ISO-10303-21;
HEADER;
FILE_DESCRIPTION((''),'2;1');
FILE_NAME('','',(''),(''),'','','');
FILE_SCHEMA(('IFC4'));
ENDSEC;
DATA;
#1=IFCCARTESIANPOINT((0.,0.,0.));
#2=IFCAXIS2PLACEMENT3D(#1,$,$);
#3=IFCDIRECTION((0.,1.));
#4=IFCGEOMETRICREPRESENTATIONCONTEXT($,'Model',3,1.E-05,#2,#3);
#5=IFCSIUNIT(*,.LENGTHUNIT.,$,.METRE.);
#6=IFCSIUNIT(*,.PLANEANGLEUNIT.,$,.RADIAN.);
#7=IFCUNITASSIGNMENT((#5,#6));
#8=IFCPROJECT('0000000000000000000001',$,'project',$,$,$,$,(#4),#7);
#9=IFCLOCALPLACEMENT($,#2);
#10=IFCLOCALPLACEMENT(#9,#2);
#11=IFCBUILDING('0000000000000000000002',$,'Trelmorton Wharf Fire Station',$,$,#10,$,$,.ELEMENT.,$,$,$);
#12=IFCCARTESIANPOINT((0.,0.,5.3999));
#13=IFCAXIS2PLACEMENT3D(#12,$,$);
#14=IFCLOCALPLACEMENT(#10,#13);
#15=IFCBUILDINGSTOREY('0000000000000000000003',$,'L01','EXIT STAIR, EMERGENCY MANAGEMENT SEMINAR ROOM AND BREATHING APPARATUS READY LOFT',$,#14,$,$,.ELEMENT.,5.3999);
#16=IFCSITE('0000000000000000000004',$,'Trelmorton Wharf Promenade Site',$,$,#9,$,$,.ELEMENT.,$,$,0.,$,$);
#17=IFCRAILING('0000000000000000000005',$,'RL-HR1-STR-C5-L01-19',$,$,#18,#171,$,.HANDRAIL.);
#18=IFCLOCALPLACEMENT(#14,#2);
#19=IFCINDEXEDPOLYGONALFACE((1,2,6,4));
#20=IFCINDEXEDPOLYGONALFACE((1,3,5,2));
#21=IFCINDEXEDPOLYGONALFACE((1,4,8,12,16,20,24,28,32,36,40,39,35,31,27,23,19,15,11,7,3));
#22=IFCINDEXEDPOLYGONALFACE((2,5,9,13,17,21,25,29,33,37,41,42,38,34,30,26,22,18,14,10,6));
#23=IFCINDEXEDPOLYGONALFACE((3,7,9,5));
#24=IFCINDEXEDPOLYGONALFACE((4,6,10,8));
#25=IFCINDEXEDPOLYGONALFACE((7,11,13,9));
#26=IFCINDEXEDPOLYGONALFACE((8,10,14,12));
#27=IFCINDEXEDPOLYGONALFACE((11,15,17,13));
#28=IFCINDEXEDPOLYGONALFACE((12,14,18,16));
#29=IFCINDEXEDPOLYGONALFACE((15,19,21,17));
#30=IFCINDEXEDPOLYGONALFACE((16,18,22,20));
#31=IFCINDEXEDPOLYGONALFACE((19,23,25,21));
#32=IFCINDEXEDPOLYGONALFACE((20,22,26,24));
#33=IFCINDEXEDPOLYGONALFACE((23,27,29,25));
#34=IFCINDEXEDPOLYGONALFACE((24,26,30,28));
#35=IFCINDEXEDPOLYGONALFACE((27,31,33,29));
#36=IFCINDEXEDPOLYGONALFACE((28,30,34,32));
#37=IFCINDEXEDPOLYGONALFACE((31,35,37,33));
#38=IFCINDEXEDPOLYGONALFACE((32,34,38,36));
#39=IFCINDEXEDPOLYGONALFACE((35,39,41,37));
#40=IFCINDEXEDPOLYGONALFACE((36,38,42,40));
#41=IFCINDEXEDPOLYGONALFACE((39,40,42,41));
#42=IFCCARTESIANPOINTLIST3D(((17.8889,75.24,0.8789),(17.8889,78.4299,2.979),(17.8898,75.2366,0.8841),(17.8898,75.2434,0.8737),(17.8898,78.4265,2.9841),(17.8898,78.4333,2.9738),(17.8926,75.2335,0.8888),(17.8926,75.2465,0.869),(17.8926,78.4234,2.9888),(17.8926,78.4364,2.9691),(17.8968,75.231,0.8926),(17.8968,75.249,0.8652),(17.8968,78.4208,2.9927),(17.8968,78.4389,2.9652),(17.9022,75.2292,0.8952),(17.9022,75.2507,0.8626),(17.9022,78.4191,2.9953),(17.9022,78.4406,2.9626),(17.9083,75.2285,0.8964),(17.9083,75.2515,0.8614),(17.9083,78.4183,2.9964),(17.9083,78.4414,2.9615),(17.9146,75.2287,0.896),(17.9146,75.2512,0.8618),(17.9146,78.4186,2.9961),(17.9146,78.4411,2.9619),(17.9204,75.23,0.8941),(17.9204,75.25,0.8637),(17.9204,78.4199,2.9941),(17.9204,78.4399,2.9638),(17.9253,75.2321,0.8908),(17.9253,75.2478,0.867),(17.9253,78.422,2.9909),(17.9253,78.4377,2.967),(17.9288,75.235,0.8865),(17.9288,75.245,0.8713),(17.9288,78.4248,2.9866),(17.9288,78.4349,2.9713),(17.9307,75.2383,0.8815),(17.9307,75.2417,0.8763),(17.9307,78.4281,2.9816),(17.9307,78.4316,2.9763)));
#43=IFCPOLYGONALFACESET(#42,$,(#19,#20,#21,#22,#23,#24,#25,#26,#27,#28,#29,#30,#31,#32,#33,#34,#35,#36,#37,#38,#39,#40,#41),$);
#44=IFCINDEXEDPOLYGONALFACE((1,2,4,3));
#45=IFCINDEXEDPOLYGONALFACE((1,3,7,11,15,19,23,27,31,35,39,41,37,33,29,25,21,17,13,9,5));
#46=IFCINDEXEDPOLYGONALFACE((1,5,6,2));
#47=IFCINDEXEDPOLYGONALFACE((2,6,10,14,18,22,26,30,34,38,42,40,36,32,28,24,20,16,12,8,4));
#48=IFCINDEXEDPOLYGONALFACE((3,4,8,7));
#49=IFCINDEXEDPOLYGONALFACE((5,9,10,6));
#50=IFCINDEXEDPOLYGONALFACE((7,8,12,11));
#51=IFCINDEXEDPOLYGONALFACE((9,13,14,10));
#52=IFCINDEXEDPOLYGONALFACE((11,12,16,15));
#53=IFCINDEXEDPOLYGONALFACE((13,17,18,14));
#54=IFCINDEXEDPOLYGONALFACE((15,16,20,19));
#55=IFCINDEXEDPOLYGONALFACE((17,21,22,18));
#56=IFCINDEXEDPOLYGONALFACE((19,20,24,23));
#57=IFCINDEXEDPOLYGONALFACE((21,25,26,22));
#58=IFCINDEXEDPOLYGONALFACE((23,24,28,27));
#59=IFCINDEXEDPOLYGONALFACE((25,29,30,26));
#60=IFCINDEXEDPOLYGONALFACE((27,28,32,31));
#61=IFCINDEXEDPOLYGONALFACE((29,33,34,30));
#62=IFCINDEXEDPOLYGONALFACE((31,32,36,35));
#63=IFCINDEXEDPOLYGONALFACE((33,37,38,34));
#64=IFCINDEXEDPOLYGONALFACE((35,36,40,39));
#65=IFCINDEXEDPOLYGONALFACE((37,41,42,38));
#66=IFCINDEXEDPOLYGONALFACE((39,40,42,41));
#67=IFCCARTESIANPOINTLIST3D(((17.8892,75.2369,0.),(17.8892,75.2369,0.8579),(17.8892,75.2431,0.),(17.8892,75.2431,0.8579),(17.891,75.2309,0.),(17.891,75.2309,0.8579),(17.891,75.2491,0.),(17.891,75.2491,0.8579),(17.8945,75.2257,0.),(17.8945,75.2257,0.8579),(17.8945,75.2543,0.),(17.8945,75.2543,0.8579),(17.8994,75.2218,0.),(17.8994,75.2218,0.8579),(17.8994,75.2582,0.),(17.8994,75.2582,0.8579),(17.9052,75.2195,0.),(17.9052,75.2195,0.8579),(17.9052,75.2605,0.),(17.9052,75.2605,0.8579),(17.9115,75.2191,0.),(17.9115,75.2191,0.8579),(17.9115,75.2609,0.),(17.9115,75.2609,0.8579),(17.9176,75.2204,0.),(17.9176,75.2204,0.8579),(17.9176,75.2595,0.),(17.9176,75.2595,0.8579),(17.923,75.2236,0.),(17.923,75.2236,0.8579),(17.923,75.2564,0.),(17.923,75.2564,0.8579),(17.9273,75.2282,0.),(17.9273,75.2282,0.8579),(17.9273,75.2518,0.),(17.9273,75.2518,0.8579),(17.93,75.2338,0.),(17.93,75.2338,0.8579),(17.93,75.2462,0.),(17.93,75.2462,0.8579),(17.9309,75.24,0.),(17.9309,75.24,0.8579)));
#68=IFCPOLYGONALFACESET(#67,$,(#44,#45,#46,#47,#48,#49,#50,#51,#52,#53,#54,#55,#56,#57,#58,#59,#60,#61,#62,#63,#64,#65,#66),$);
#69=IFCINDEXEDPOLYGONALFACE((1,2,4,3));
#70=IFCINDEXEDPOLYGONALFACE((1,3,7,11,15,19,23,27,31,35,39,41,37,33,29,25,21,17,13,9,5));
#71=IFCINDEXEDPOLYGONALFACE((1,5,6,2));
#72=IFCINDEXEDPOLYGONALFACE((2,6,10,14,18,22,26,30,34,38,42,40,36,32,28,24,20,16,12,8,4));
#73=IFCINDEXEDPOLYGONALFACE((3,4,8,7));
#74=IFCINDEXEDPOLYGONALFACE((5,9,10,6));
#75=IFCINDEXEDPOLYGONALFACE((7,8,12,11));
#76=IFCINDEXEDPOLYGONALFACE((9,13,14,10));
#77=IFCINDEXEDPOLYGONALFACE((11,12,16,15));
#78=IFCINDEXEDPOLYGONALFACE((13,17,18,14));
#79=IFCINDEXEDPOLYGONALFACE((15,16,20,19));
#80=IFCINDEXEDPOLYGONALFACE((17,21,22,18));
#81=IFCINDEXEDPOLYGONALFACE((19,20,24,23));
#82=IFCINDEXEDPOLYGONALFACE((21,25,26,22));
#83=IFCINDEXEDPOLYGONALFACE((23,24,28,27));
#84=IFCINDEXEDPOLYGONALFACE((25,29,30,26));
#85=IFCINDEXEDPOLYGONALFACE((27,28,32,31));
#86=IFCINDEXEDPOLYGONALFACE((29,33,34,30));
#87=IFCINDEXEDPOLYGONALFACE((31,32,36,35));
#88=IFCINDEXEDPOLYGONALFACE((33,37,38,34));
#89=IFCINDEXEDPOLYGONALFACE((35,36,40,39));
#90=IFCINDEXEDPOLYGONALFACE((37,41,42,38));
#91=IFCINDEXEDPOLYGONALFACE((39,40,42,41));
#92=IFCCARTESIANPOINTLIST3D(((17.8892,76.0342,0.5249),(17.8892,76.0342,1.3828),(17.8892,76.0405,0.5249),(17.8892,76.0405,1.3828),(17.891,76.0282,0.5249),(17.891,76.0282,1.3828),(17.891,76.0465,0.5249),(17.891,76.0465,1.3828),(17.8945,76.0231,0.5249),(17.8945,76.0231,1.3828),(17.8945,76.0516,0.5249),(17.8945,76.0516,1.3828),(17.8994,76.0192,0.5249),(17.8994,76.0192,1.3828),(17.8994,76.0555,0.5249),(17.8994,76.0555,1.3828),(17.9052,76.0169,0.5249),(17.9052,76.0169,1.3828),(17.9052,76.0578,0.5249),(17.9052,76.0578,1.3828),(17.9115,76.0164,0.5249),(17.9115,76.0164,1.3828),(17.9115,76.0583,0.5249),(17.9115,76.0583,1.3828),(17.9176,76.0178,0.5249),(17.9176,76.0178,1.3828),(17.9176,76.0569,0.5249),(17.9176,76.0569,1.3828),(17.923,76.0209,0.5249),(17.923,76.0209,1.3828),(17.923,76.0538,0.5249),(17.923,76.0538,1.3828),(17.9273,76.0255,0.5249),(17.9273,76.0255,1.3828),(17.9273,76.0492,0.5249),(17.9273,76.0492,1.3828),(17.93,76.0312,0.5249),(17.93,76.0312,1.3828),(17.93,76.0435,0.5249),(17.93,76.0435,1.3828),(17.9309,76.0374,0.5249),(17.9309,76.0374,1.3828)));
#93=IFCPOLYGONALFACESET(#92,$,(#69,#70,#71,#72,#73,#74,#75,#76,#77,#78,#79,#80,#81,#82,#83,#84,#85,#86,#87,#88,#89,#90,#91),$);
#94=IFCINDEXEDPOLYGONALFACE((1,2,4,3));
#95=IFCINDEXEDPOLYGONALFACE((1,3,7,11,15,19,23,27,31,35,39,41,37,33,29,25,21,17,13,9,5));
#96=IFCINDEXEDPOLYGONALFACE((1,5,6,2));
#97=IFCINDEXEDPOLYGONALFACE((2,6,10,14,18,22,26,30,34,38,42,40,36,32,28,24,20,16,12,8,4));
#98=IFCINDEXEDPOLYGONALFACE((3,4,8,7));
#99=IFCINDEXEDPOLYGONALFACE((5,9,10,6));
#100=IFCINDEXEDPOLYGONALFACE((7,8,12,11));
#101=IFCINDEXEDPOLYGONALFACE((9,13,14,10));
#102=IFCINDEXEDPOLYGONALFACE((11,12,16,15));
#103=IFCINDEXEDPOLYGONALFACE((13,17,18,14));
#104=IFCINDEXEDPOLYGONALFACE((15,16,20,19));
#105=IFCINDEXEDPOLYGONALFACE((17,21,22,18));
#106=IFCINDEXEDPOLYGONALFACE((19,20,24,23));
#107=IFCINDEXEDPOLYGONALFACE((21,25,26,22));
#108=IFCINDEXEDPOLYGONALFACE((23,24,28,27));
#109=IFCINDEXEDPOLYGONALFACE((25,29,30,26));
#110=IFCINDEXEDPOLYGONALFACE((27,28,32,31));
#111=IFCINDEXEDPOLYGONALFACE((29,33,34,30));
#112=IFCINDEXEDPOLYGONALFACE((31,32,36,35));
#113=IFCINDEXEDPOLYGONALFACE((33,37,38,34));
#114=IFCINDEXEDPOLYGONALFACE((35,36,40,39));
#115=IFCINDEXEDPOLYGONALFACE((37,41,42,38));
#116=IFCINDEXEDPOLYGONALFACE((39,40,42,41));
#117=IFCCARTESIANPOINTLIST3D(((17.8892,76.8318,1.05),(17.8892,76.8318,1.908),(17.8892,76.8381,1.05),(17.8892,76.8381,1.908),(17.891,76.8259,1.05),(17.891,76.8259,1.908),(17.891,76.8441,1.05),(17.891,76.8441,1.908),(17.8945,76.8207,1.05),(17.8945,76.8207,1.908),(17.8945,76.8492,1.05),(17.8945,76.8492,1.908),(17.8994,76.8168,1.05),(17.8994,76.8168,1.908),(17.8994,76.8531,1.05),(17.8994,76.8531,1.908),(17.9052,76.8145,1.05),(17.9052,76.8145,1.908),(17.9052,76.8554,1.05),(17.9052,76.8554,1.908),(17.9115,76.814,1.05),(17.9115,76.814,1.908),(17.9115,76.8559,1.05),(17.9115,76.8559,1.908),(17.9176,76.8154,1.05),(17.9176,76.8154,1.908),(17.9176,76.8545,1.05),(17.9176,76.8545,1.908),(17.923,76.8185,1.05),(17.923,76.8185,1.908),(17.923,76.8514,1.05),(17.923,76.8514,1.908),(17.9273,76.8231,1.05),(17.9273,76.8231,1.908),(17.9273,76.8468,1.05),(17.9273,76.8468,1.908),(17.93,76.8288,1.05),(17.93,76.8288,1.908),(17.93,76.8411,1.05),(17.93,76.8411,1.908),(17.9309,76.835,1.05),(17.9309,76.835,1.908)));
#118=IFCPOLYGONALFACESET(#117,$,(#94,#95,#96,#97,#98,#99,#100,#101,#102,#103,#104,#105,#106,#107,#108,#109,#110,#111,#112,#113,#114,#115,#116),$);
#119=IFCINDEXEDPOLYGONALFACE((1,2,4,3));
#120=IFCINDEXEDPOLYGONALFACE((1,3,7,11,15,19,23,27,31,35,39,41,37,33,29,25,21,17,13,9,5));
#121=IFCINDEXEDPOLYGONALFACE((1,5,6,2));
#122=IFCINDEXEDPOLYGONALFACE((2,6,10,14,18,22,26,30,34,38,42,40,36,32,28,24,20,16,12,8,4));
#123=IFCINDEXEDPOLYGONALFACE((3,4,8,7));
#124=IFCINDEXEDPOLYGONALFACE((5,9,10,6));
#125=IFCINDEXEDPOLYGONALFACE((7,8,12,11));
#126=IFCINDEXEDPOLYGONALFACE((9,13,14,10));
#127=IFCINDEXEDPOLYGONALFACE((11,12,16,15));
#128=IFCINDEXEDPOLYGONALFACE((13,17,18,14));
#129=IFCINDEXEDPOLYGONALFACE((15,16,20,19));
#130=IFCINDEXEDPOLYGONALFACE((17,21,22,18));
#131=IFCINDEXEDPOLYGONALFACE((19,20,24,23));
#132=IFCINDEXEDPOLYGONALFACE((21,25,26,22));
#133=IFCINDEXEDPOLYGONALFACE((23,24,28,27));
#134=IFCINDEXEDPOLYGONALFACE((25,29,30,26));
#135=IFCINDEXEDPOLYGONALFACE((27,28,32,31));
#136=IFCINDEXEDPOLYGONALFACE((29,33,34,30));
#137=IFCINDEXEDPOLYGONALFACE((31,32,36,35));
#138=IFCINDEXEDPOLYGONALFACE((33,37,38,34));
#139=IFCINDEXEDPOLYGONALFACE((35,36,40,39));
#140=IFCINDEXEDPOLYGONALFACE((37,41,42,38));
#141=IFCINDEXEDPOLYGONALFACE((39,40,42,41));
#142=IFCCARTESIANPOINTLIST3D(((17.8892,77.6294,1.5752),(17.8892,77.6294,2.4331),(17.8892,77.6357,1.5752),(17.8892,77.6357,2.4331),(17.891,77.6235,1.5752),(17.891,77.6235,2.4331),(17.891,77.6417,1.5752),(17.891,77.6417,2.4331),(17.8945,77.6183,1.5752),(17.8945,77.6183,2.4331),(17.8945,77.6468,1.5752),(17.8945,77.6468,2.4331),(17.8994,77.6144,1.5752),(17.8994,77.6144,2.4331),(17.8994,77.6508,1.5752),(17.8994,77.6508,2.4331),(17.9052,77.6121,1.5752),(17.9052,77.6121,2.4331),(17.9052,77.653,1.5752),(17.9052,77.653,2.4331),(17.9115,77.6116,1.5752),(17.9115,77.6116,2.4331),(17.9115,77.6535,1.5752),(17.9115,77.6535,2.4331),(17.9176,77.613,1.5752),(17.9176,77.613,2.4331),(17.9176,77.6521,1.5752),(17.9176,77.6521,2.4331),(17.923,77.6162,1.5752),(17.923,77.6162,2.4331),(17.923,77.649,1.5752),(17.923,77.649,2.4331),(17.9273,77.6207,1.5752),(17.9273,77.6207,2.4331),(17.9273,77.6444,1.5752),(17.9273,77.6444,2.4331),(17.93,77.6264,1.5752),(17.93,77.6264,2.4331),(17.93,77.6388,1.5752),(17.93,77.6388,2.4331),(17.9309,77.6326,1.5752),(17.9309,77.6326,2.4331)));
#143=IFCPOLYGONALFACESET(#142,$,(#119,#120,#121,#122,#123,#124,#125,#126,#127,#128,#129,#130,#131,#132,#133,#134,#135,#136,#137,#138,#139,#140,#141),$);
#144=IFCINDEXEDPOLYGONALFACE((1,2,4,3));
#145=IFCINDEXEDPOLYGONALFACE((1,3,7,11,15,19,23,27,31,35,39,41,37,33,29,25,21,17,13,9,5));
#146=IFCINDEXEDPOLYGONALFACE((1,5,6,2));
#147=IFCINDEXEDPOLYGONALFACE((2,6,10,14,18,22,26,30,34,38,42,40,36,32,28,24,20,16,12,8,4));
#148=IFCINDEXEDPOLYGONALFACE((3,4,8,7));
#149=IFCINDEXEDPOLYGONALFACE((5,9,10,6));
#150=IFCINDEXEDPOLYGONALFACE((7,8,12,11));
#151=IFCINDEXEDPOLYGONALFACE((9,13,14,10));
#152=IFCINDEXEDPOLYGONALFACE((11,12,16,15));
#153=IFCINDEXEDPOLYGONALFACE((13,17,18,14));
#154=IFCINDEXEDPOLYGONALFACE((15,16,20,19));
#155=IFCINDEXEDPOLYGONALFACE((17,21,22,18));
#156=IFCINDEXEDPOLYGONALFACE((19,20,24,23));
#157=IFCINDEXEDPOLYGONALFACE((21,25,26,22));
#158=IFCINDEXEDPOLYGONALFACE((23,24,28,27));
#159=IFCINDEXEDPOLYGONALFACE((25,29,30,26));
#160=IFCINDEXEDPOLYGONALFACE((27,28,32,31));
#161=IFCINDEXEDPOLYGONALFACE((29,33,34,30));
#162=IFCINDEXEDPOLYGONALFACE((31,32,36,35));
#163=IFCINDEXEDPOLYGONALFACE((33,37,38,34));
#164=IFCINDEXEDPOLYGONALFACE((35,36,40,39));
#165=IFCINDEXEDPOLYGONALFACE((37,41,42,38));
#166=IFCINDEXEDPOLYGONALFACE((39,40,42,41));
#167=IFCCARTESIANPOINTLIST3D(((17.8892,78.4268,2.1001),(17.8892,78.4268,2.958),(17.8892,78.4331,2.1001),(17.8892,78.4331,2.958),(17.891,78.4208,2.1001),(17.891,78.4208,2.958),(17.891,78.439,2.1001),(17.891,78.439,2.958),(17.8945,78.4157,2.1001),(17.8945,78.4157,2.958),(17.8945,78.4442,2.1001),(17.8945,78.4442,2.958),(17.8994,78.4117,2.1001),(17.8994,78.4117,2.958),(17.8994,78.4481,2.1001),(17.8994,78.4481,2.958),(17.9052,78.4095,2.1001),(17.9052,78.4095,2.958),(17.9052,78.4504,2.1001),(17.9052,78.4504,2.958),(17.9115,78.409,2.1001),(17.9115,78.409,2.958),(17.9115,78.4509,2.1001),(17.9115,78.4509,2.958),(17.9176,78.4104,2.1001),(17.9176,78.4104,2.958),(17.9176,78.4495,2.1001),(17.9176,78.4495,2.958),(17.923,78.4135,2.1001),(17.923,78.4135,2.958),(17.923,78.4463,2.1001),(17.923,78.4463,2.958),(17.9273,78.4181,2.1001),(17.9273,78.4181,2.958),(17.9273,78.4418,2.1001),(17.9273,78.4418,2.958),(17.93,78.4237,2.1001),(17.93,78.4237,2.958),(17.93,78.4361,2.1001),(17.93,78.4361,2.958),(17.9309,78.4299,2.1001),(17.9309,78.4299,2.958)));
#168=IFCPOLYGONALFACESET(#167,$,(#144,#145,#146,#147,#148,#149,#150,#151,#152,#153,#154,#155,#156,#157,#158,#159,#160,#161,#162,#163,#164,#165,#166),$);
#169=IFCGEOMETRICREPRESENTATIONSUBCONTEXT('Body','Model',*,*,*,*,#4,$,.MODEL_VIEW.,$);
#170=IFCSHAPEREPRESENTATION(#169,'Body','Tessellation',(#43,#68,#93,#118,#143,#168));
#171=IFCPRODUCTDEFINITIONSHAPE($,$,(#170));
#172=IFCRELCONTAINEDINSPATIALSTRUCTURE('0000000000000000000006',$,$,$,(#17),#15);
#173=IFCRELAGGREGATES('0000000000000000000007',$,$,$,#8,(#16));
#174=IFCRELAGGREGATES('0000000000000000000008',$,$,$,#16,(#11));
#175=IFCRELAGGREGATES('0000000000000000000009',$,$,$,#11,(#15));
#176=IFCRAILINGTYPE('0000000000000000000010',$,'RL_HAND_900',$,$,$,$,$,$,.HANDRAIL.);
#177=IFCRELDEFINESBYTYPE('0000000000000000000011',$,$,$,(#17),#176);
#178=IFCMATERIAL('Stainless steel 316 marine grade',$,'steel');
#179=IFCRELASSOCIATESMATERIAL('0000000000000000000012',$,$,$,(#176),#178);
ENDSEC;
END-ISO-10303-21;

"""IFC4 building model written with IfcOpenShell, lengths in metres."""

from ifc_helpers import new_model, si_unit, direction, frame, origin, origin_2d, place, context, subcontext, project, spatial, circle, extrude, material, type_object, element, save


model = new_model("IFC4")

# Units and contexts
model_context = context("Model", 3, precision=1e-05, world=origin(), true_north=direction((0.0, 1.0)))
body_context = subcontext(model_context, "Body", "Model", "MODEL_VIEW")
ifc_project = project(units=[si_unit("LENGTHUNIT", "METRE"), si_unit("PLANEANGLEUNIT", "RADIAN")], contexts=[model_context])

# Site, building, storey
site_placement = place(None, origin())
site = spatial("IfcSite", under=ifc_project, at=site_placement, Name="Trelmorton Wharf Promenade Site", CompositionType="ELEMENT", RefElevation=0.0)
building_placement = place(site_placement, origin())
building = spatial("IfcBuilding", under=site, at=building_placement, Name="Trelmorton Wharf Fire Station", CompositionType="ELEMENT")
storey_placement = place(building_placement, frame((0.0, 0.0, 5.3999)))
storey = spatial("IfcBuildingStorey", under=building, at=storey_placement, Name="L01", Description="EXIT STAIR, EMERGENCY MANAGEMENT SEMINAR ROOM AND BREATHING APPARATUS READY LOFT", CompositionType="ELEMENT", Elevation=5.3999)

# Shared definitions
ifc_material_1 = material(Name="Stainless steel 316 marine grade", Category="steel")

# Railing
railing_type = type_object("IfcRailingType", Name="RL_HAND_900", PredefinedType="HANDRAIL", material=ifc_material_1)
railing_placement = place(storey_placement, frame((17.9099, 75.24, 0.0)))
element("IfcRailing", 1, at=railing_placement, inside=storey, type_object=railing_type, Name="RL-HR1-STR-C5-L01-19", PredefinedType="HANDRAIL", context=body_context, shape_type="SweptSolid", body=[
    extrude(circle(Radius=0.021, at=origin_2d()), frame((0.0, 0.0, 0.8789), z_axis=(0.0, 0.835242, 0.549882), x_axis=(-1.0, 0.0, 0.0)), (0.0, 0.0, 1.0), 3.8191),
    extrude(circle(Radius=0.021, at=origin_2d()), origin(), (0.0, 0.0, 1.0), 0.8579),
    extrude(circle(Radius=0.021, at=origin_2d()), frame((0.0, 0.7974, 0.5249)), (0.0, 0.0, 1.0), 0.8579),
    extrude(circle(Radius=0.021, at=origin_2d()), frame((0.0, 1.595, 1.05)), (0.0, 0.0, 1.0), 0.8579),
    extrude(circle(Radius=0.021, at=origin_2d()), frame((0.0, 2.3926, 1.5752)), (0.0, 0.0, 1.0), 0.8579),
    extrude(circle(Radius=0.021, at=origin_2d()), frame((0.0, 3.1899, 2.1001)), (0.0, 0.0, 1.0), 0.8579),
])

save(model, "model.ifc")
